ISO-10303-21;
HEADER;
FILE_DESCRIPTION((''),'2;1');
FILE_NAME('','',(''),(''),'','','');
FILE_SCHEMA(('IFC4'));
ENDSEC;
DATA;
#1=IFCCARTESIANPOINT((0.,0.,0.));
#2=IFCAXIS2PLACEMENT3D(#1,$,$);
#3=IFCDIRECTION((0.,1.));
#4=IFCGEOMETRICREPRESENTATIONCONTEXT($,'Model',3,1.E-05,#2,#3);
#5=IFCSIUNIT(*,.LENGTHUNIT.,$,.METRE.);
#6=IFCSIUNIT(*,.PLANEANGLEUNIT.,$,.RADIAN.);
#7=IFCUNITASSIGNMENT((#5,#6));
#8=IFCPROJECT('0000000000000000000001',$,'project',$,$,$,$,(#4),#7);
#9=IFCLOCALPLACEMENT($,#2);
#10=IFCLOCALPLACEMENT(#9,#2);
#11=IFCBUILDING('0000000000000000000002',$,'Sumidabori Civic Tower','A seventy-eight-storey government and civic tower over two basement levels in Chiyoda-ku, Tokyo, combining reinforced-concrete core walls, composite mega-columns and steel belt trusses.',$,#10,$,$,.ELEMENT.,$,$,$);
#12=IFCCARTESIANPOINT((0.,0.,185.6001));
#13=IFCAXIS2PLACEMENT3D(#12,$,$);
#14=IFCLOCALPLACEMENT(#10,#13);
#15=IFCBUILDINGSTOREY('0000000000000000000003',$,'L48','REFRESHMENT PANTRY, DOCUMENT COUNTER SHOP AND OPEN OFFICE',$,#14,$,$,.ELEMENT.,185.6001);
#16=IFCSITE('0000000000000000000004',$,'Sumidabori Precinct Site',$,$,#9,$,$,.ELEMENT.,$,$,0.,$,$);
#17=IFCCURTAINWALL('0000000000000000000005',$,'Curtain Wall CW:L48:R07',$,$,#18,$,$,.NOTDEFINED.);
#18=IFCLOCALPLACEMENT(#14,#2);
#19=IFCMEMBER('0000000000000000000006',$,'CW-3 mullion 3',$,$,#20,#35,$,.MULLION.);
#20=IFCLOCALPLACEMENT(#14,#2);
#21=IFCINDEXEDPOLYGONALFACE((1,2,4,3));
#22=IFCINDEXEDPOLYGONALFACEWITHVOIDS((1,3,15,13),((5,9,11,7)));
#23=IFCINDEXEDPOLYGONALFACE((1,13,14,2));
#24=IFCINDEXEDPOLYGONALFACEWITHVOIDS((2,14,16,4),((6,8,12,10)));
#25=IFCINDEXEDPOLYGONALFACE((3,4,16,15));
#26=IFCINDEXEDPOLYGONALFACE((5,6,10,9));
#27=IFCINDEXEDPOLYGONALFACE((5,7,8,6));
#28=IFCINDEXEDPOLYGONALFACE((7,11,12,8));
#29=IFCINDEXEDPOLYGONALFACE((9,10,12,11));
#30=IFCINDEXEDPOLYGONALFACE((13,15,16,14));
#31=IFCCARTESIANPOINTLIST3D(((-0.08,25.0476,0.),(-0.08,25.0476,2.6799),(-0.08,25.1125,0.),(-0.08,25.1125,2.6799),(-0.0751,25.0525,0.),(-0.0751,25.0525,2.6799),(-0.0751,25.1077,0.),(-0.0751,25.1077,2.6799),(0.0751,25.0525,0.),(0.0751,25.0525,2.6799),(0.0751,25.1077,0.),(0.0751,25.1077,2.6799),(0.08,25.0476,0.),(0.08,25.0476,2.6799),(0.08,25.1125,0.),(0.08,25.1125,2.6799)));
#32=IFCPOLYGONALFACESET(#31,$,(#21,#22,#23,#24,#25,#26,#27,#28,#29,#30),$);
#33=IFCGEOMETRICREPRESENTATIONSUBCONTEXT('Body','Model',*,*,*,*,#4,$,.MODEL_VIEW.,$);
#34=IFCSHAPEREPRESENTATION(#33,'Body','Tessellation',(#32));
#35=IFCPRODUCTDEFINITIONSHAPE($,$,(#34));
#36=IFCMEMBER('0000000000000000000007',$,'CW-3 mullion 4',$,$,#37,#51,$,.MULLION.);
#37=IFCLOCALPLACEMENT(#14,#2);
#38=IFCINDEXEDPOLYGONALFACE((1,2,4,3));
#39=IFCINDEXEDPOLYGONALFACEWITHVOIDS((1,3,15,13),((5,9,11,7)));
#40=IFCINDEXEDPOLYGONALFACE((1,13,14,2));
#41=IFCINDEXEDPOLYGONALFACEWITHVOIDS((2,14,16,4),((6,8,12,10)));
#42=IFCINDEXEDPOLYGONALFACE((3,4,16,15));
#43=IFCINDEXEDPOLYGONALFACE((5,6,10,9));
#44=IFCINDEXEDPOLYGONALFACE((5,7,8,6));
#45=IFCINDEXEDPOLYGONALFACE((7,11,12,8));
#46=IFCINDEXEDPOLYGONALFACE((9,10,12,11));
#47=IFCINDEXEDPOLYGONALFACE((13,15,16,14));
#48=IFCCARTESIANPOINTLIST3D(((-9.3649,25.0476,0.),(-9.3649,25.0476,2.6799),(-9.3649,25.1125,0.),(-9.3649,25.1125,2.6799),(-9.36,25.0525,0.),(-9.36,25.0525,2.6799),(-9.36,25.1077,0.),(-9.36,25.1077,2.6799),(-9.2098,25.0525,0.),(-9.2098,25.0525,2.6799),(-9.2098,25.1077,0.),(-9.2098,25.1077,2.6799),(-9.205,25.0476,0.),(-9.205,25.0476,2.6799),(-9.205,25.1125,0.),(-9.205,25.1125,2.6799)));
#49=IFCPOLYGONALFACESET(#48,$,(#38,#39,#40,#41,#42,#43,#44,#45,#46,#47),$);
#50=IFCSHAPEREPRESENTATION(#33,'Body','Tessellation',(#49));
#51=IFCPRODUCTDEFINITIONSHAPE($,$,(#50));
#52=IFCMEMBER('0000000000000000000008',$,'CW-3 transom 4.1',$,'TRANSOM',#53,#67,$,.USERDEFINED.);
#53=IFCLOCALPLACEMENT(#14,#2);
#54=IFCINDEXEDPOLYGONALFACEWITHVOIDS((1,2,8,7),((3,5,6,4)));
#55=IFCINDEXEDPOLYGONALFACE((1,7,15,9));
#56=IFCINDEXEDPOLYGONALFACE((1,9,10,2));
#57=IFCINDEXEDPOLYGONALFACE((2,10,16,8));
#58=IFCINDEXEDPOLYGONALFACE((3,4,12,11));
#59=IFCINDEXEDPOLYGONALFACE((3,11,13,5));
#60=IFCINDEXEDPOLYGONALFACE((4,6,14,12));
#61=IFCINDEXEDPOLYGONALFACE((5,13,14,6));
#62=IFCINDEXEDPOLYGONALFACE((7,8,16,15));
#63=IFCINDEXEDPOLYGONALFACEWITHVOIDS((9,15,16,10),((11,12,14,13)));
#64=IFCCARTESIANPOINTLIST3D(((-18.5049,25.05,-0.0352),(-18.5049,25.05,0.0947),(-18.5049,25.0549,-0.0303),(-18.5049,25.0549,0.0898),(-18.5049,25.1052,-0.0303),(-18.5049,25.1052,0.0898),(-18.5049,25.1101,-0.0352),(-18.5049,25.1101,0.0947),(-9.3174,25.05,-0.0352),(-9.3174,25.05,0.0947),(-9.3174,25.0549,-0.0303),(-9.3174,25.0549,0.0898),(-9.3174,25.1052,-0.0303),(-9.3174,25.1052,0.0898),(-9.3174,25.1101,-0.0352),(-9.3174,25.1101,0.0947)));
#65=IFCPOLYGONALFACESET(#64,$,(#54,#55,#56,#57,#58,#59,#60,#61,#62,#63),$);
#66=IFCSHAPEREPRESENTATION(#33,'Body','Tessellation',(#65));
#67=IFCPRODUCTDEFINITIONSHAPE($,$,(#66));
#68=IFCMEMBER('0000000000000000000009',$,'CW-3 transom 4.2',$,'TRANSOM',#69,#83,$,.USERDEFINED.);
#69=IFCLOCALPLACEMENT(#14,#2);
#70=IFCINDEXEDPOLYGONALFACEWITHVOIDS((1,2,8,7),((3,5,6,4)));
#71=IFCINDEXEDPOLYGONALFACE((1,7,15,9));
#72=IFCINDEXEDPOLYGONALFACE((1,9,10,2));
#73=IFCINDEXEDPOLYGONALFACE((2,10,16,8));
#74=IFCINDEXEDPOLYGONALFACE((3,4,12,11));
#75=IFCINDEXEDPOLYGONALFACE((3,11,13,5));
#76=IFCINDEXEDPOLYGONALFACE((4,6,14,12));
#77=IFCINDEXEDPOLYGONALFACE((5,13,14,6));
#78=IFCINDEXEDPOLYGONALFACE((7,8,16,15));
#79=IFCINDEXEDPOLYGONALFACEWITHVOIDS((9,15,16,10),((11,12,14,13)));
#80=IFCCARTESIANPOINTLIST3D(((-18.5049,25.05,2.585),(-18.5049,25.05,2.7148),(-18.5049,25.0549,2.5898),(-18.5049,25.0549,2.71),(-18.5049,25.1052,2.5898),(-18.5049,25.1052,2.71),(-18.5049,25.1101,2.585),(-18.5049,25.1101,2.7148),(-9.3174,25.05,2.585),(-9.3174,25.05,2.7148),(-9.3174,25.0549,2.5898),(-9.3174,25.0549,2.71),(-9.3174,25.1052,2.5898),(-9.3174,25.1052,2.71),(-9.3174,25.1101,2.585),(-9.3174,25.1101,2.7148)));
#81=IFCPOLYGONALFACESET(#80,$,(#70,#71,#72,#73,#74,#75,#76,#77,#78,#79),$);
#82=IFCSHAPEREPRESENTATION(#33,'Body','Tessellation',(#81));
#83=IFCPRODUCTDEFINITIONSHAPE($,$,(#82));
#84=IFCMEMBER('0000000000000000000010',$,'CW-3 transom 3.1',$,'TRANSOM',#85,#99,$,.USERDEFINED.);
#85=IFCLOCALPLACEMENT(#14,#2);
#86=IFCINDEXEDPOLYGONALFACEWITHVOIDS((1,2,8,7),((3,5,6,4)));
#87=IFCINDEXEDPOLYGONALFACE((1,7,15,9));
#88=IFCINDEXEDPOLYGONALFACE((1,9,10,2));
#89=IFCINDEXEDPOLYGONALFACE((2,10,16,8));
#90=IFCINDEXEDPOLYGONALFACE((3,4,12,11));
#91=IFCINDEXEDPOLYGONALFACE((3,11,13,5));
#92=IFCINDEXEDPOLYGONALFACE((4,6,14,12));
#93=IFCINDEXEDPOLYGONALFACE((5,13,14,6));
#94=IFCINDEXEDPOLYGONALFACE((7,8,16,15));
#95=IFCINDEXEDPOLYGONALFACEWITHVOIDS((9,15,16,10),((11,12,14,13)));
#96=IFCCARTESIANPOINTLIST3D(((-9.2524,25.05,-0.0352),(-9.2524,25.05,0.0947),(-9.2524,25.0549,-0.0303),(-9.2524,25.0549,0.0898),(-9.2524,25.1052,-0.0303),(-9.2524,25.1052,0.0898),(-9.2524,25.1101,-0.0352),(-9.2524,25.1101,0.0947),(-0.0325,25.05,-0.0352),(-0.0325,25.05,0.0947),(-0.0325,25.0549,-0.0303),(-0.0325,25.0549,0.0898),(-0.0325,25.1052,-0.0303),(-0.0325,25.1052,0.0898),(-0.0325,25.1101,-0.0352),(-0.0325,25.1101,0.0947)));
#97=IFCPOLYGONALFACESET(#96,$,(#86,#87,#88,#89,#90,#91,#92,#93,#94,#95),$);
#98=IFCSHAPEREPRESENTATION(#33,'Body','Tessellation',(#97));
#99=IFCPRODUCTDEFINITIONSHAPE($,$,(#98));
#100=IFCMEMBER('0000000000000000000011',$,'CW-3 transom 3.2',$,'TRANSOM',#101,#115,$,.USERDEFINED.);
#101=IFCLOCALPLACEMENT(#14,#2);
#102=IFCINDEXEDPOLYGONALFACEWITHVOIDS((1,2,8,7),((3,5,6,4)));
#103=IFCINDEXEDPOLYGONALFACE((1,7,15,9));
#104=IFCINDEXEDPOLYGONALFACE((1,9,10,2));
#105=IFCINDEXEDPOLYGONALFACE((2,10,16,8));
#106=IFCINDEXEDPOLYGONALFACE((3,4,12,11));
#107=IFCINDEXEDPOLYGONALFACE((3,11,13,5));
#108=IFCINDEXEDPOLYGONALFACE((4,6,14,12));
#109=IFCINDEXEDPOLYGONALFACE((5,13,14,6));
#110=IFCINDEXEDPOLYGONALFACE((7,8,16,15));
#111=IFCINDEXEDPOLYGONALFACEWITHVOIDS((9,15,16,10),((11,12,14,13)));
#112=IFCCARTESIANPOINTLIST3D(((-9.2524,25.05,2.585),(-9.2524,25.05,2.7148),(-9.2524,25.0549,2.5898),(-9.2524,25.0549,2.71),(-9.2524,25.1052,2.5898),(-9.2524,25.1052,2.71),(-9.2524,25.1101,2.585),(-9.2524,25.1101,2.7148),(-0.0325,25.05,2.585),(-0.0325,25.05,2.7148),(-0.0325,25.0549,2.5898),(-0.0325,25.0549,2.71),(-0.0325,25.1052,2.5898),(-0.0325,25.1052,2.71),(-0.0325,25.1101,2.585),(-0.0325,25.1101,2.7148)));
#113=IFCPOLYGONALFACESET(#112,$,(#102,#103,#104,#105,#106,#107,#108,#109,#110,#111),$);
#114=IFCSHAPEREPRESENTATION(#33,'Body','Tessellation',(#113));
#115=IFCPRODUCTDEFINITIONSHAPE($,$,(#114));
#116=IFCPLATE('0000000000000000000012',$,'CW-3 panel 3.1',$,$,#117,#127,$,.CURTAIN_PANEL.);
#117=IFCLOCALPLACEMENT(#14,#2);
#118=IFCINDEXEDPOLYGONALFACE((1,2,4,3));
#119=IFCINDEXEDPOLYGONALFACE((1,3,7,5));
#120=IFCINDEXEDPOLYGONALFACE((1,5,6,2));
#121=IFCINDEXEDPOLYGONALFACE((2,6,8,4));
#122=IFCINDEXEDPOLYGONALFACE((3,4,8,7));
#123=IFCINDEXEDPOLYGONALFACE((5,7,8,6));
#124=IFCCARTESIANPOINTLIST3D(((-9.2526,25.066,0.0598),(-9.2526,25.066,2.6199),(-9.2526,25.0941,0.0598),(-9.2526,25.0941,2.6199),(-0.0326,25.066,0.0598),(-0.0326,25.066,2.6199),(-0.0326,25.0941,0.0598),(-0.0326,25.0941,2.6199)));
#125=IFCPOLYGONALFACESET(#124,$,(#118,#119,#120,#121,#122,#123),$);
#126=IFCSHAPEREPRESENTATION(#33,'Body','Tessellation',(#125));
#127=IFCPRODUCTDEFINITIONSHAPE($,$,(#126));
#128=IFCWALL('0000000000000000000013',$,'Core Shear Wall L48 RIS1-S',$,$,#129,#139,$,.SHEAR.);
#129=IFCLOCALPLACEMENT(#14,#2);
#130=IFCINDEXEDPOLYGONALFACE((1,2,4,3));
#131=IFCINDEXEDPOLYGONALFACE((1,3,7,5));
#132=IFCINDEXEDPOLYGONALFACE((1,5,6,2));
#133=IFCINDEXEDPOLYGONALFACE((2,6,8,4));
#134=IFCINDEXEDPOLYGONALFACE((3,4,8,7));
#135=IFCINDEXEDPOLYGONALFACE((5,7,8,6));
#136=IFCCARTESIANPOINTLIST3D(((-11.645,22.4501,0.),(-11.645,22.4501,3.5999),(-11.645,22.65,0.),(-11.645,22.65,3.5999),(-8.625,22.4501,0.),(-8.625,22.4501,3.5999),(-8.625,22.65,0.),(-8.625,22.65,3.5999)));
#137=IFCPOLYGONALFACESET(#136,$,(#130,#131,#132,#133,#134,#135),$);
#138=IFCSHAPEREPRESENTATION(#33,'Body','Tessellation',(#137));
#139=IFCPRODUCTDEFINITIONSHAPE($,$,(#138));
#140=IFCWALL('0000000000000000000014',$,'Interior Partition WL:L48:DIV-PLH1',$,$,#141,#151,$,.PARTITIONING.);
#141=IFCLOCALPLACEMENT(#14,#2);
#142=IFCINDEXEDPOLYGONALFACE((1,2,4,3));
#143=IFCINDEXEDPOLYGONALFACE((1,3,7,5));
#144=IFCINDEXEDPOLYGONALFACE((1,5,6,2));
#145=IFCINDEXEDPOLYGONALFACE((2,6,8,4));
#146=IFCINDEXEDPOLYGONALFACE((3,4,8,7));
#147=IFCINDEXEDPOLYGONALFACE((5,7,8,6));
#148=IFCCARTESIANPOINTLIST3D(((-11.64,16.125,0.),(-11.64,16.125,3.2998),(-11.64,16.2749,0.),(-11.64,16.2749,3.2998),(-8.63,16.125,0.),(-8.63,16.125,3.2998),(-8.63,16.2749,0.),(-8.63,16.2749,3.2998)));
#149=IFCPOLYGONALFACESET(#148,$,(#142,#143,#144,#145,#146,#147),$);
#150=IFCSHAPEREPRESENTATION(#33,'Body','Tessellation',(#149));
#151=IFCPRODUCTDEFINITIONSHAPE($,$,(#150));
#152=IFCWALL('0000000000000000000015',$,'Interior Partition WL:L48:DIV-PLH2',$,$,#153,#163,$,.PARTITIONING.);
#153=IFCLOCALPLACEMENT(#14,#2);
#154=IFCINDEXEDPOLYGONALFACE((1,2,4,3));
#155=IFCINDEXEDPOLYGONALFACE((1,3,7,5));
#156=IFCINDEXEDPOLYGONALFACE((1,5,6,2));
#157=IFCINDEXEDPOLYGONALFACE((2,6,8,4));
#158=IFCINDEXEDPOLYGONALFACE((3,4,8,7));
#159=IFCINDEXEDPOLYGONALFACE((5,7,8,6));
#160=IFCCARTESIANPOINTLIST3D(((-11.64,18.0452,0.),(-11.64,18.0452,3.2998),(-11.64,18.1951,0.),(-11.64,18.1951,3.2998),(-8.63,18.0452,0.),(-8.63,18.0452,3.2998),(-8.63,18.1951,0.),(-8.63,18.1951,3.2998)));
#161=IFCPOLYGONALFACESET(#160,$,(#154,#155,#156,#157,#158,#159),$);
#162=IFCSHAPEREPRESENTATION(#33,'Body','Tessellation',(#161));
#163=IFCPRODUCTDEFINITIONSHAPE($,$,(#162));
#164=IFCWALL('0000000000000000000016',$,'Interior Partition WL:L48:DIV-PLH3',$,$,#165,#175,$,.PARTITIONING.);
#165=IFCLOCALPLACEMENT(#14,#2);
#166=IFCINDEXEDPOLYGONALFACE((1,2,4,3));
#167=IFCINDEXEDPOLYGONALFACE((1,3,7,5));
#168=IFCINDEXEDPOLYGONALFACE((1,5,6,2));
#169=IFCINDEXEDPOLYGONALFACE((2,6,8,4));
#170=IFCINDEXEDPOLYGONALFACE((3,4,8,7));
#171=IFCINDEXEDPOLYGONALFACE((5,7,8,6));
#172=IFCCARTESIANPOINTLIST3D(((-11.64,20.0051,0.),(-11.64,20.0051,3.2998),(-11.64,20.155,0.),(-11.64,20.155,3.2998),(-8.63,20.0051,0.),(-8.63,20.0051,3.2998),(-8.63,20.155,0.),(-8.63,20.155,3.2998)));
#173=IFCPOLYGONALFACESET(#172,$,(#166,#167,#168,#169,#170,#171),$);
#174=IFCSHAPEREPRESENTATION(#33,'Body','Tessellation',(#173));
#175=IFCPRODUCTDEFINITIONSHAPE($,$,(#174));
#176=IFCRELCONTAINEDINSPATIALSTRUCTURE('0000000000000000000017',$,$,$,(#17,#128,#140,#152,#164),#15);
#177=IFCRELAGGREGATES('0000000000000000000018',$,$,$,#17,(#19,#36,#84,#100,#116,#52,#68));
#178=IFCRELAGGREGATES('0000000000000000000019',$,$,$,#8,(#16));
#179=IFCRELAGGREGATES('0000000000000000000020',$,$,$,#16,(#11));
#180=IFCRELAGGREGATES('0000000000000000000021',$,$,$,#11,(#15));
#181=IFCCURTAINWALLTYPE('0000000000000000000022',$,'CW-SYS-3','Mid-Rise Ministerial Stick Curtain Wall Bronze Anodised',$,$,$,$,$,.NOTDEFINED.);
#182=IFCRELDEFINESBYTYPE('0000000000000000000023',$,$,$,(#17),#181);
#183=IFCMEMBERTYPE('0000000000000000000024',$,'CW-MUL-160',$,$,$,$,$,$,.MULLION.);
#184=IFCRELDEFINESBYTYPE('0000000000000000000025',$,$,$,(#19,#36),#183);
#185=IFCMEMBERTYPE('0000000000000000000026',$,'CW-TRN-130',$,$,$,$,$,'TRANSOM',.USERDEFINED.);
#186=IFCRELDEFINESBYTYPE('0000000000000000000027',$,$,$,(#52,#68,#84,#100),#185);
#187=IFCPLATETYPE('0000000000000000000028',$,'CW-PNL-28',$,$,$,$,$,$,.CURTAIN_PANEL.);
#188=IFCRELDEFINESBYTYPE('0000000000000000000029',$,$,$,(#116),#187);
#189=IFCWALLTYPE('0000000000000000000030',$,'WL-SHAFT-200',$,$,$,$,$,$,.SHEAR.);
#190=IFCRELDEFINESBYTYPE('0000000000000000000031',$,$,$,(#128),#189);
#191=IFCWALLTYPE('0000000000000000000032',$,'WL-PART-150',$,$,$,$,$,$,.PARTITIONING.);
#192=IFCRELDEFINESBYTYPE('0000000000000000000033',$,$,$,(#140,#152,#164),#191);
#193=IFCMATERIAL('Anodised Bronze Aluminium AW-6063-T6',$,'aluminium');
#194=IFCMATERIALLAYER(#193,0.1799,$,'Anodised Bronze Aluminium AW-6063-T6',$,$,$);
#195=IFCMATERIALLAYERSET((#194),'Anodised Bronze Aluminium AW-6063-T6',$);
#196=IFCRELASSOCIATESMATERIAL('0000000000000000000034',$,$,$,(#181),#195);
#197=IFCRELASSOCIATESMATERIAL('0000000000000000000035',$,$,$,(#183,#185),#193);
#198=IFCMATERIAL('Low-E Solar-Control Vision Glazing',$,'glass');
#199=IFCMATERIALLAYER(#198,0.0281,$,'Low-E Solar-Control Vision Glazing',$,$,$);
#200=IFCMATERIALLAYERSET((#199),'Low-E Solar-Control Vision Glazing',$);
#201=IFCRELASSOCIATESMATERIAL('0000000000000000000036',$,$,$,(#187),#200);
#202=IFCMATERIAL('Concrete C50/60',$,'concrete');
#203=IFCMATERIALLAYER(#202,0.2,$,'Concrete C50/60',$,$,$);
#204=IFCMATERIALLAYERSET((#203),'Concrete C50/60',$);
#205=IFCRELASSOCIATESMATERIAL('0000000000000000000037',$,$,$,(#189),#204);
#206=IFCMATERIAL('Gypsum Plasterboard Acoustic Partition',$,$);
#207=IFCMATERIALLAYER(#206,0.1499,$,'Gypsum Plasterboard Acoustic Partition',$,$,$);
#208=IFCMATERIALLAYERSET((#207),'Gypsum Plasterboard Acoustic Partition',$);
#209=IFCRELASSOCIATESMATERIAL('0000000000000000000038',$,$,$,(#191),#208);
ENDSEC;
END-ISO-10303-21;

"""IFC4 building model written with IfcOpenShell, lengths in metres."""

from ifc_helpers import new_model, si_unit, direction, frame, frame_2d, origin, origin_2d, place, context, subcontext, project, spatial, rectangle, hollow_rectangle, extrude, source, transform, mapped, material, layer, layer_set, material_profile, profile_set, type_object, element, aggregate, save


model = new_model("IFC4")

# Units and contexts
model_context = context("Model", 3, precision=1e-05, world=origin(), true_north=direction((0.0, 1.0)))
body_context = subcontext(model_context, "Body", "Model", "MODEL_VIEW")
ifc_project = project(units=[si_unit("LENGTHUNIT", "METRE"), si_unit("PLANEANGLEUNIT", "RADIAN")], contexts=[model_context])

# Site, building, storey
site_placement = place(None, origin())
site = spatial("IfcSite", under=ifc_project, at=site_placement, Name="Sumidabori Precinct Site", CompositionType="ELEMENT", RefElevation=0.0)
building_placement = place(site_placement, origin())
building = spatial("IfcBuilding", under=site, at=building_placement, Name="Sumidabori Civic Tower", Description="A seventy-eight-storey government and civic tower over two basement levels in Chiyoda-ku, Tokyo, combining reinforced-concrete core walls, composite mega-columns and steel belt trusses.", CompositionType="ELEMENT")
storey_placement = place(building_placement, frame((0.0, 0.0, 185.6001)))
storey = spatial("IfcBuildingStorey", under=building, at=storey_placement, Name="L48", Description="REFRESHMENT PANTRY, DOCUMENT COUNTER SHOP AND OPEN OFFICE", CompositionType="ELEMENT", Elevation=185.6001)

# Curtain wall, members, plate
ifc_material_1 = material(Name="Anodised Bronze Aluminium AW-6063-T6", Category="aluminium")
ifc_layer_1 = layer(ifc_material_1, 0.1799, Name="Anodised Bronze Aluminium AW-6063-T6")
ifc_layer_set_1 = layer_set([ifc_layer_1], Name="Anodised Bronze Aluminium AW-6063-T6")
curtain_wall_type = type_object("IfcCurtainWallType", Name="CW-SYS-3", Description="Mid-Rise Ministerial Stick Curtain Wall Bronze Anodised", PredefinedType="NOTDEFINED", material=ifc_layer_set_1)
curtain_wall_placement = place(storey_placement, origin())
curtain_wall = element("IfcCurtainWall", 1, at=curtain_wall_placement, inside=storey, type_object=curtain_wall_type, Name="Curtain Wall CW:L48:R07", PredefinedType="NOTDEFINED")
ifc_material_profile_1 = material_profile(ifc_material_1, hollow_rectangle(XDim=0.0649, YDim=0.1599, WallThickness=0.0049, at=origin_2d()), Name="ALU MULLION 160x65")
ifc_profile_set_1 = profile_set([ifc_material_profile_1], Name="Anodised Bronze Aluminium AW-6063-T6")
member_type_1 = type_object("IfcMemberType", Name="CW-MUL-160", PredefinedType="MULLION", material=ifc_profile_set_1)
shared_shape_1 = source(origin(), body_context, "Body", "SweptSolid", [
    extrude(hollow_rectangle(XDim=0.0649, YDim=0.1599, WallThickness=0.0049, at=origin_2d()), origin(), (0.0, 0.0, 1.0), 2.6799),
])
member_1_placement = place(storey_placement, frame((0.0, 25.0801, 0.0), z_axis=(0.0, 0.0, 1.0), x_axis=(0.0, -1.0, 0.0)))
member_1 = element("IfcMember", 2, at=member_1_placement, type_object=member_type_1, Name="CW-3 mullion 3", PredefinedType="MULLION", context=body_context, shape_type="MappedRepresentation", body=[
    mapped(shared_shape_1, transform((0.0, 0.0, 0.0), x_axis=(1.0, 0.0, 0.0), y_axis=(0.0, 1.0, 0.0), z_axis=(0.0, 0.0, 1.0), scale=1.0)),
])
member_2_placement = place(storey_placement, frame((-9.2849, 25.0801, 0.0), z_axis=(0.0, 0.0, 1.0), x_axis=(0.0, -1.0, 0.0)))
member_2 = element("IfcMember", 3, at=member_2_placement, type_object=member_type_1, Name="CW-3 mullion 4", PredefinedType="MULLION", context=body_context, shape_type="MappedRepresentation", body=[
    mapped(shared_shape_1, transform((0.0, 0.0, 0.0), x_axis=(1.0, 0.0, 0.0), y_axis=(0.0, 1.0, 0.0), z_axis=(0.0, 0.0, 1.0), scale=1.0)),
])
ifc_material_profile_2 = material_profile(ifc_material_1, hollow_rectangle(XDim=0.0601, YDim=0.1299, WallThickness=0.0049, at=origin_2d()), Name="ALU TRANSOM 130x60")
ifc_profile_set_2 = profile_set([ifc_material_profile_2], Name="Anodised Bronze Aluminium AW-6063-T6")
member_type_2 = type_object("IfcMemberType", Name="CW-TRN-130", ElementType="TRANSOM", PredefinedType="USERDEFINED", material=ifc_profile_set_2)
shared_shape_2 = source(origin(), body_context, "Body", "SweptSolid", [
    extrude(hollow_rectangle(XDim=0.0601, YDim=0.1299, WallThickness=0.0049, at=origin_2d()), origin(), (0.0, 0.0, 1.0), 9.1875),
])
member_3_placement = place(storey_placement, frame((-9.3174, 25.0801, 0.0298), z_axis=(-1.0, 0.0, 0.0), x_axis=(0.0, -1.0, 0.0)))
member_3 = element("IfcMember", 4, at=member_3_placement, type_object=member_type_2, Name="CW-3 transom 4.1", ObjectType="TRANSOM", PredefinedType="USERDEFINED", context=body_context, shape_type="MappedRepresentation", body=[
    mapped(shared_shape_2, transform((0.0, 0.0, 0.0), x_axis=(1.0, 0.0, 0.0), y_axis=(0.0, 1.0, 0.0), z_axis=(0.0, 0.0, 1.0), scale=1.0)),
])
member_4_placement = place(storey_placement, frame((-9.3174, 25.0801, 2.6499), z_axis=(-1.0, 0.0, 0.0), x_axis=(0.0, -1.0, 0.0)))
member_4 = element("IfcMember", 5, at=member_4_placement, type_object=member_type_2, Name="CW-3 transom 4.2", ObjectType="TRANSOM", PredefinedType="USERDEFINED", context=body_context, shape_type="MappedRepresentation", body=[
    mapped(shared_shape_2, transform((0.0, 0.0, 0.0), x_axis=(1.0, 0.0, 0.0), y_axis=(0.0, 1.0, 0.0), z_axis=(0.0, 0.0, 1.0), scale=1.0)),
])
shared_shape_3 = source(origin(), body_context, "Body", "SweptSolid", [
    extrude(hollow_rectangle(XDim=0.0601, YDim=0.1299, WallThickness=0.0049, at=origin_2d()), origin(), (0.0, 0.0, 1.0), 9.22),
])
member_5_placement = place(storey_placement, frame((-0.0325, 25.0801, 0.0298), z_axis=(-1.0, 0.0, 0.0), x_axis=(0.0, -1.0, 0.0)))
member_5 = element("IfcMember", 6, at=member_5_placement, type_object=member_type_2, Name="CW-3 transom 3.1", ObjectType="TRANSOM", PredefinedType="USERDEFINED", context=body_context, shape_type="MappedRepresentation", body=[
    mapped(shared_shape_3, transform((0.0, 0.0, 0.0), x_axis=(1.0, 0.0, 0.0), y_axis=(0.0, 1.0, 0.0), z_axis=(0.0, 0.0, 1.0), scale=1.0)),
])
member_6_placement = place(storey_placement, frame((-0.0325, 25.0801, 2.6499), z_axis=(-1.0, 0.0, 0.0), x_axis=(0.0, -1.0, 0.0)))
member_6 = element("IfcMember", 7, at=member_6_placement, type_object=member_type_2, Name="CW-3 transom 3.2", ObjectType="TRANSOM", PredefinedType="USERDEFINED", context=body_context, shape_type="MappedRepresentation", body=[
    mapped(shared_shape_3, transform((0.0, 0.0, 0.0), x_axis=(1.0, 0.0, 0.0), y_axis=(0.0, 1.0, 0.0), z_axis=(0.0, 0.0, 1.0), scale=1.0)),
])
ifc_material_2 = material(Name="Low-E Solar-Control Vision Glazing", Category="glass")
ifc_layer_2 = layer(ifc_material_2, 0.0281, Name="Low-E Solar-Control Vision Glazing")
ifc_layer_set_2 = layer_set([ifc_layer_2], Name="Low-E Solar-Control Vision Glazing")
plate_type = type_object("IfcPlateType", Name="CW-PNL-28", PredefinedType="CURTAIN_PANEL", material=ifc_layer_set_2)
shared_shape_4 = source(origin(), body_context, "Body", "SweptSolid", [
    extrude(rectangle(XDim=9.22, YDim=0.0281, at=origin_2d()), origin(), (0.0, 0.0, 1.0), 2.5601),
])
plate_placement = place(storey_placement, frame((-4.6426, 25.0801, 0.0598), z_axis=(0.0, 0.0, 1.0), x_axis=(-1.0, 0.0, 0.0)))
plate = element("IfcPlate", 8, at=plate_placement, type_object=plate_type, Name="CW-3 panel 3.1", PredefinedType="CURTAIN_PANEL", context=body_context, shape_type="MappedRepresentation", body=[
    mapped(shared_shape_4, transform((0.0, 0.0, 0.0), x_axis=(1.0, 0.0, 0.0), y_axis=(0.0, 1.0, 0.0), z_axis=(0.0, 0.0, 1.0), scale=1.0)),
])
aggregate(curtain_wall, [member_1, member_2, member_5, member_6, plate, member_3, member_4])

# Walls
ifc_material_3 = material(Name="Concrete C50/60", Category="concrete")
ifc_layer_3 = layer(ifc_material_3, 0.2, Name="Concrete C50/60")
ifc_layer_set_3 = layer_set([ifc_layer_3], Name="Concrete C50/60")
wall_type_1 = type_object("IfcWallType", Name="WL-SHAFT-200", PredefinedType="SHEAR", material=ifc_layer_set_3)
shared_shape_5 = source(origin(), body_context, "Body", "SweptSolid", [
    extrude(rectangle(XDim=3.02, YDim=0.2, at=frame_2d((1.51, 0.0))), origin(), (0.0, 0.0, 1.0), 3.5999),
])
wall_1_placement = place(storey_placement, frame((-11.645, 22.55, 0.0), z_axis=(0.0, 0.0, 1.0), x_axis=(1.0, 0.0, 0.0)))
element("IfcWall", 9, at=wall_1_placement, inside=storey, type_object=wall_type_1, Name="Core Shear Wall L48 RIS1-S", PredefinedType="SHEAR", context=body_context, shape_type="MappedRepresentation", body=[
    mapped(shared_shape_5, transform((0.0, 0.0, 0.0), x_axis=(1.0, 0.0, 0.0), y_axis=(0.0, 1.0, 0.0), z_axis=(0.0, 0.0, 1.0), scale=1.0)),
])
ifc_material_4 = material(Name="Gypsum Plasterboard Acoustic Partition")
ifc_layer_4 = layer(ifc_material_4, 0.1499, Name="Gypsum Plasterboard Acoustic Partition")
ifc_layer_set_4 = layer_set([ifc_layer_4], Name="Gypsum Plasterboard Acoustic Partition")
wall_type_2 = type_object("IfcWallType", Name="WL-PART-150", PredefinedType="PARTITIONING", material=ifc_layer_set_4)
shared_shape_6 = source(origin(), body_context, "Body", "SweptSolid", [
    extrude(rectangle(XDim=3.01, YDim=0.1499, at=frame_2d((1.5049, 0.0))), origin(), (0.0, 0.0, 1.0), 3.2998),
])
for number, where, z_axis, x_axis, name in (
    (10, (-11.6399, 16.2, 0.0), (0.0, 0.0, 1.0), (1.0, 0.0, 0.0), "Interior Partition WL:L48:DIV-PLH1"),
    (11, (-11.6399, 18.1201, 0.0), (0.0, 0.0, 1.0), (1.0, 0.0, 0.0), "Interior Partition WL:L48:DIV-PLH2"),
    (12, (-11.6399, 20.0801, 0.0), (0.0, 0.0, 1.0), (1.0, 0.0, 0.0), "Interior Partition WL:L48:DIV-PLH3"),
):
    element("IfcWall", number, at=place(storey_placement, frame(where, z_axis=z_axis, x_axis=x_axis)), inside=storey, type_object=wall_type_2, Name=name, PredefinedType="PARTITIONING", context=body_context, shape_type="MappedRepresentation", body=[
        mapped(shared_shape_6, transform((0.0, 0.0, 0.0), x_axis=(1.0, 0.0, 0.0), y_axis=(0.0, 1.0, 0.0), z_axis=(0.0, 0.0, 1.0), scale=1.0)),
    ])

save(model, "model.ifc")
